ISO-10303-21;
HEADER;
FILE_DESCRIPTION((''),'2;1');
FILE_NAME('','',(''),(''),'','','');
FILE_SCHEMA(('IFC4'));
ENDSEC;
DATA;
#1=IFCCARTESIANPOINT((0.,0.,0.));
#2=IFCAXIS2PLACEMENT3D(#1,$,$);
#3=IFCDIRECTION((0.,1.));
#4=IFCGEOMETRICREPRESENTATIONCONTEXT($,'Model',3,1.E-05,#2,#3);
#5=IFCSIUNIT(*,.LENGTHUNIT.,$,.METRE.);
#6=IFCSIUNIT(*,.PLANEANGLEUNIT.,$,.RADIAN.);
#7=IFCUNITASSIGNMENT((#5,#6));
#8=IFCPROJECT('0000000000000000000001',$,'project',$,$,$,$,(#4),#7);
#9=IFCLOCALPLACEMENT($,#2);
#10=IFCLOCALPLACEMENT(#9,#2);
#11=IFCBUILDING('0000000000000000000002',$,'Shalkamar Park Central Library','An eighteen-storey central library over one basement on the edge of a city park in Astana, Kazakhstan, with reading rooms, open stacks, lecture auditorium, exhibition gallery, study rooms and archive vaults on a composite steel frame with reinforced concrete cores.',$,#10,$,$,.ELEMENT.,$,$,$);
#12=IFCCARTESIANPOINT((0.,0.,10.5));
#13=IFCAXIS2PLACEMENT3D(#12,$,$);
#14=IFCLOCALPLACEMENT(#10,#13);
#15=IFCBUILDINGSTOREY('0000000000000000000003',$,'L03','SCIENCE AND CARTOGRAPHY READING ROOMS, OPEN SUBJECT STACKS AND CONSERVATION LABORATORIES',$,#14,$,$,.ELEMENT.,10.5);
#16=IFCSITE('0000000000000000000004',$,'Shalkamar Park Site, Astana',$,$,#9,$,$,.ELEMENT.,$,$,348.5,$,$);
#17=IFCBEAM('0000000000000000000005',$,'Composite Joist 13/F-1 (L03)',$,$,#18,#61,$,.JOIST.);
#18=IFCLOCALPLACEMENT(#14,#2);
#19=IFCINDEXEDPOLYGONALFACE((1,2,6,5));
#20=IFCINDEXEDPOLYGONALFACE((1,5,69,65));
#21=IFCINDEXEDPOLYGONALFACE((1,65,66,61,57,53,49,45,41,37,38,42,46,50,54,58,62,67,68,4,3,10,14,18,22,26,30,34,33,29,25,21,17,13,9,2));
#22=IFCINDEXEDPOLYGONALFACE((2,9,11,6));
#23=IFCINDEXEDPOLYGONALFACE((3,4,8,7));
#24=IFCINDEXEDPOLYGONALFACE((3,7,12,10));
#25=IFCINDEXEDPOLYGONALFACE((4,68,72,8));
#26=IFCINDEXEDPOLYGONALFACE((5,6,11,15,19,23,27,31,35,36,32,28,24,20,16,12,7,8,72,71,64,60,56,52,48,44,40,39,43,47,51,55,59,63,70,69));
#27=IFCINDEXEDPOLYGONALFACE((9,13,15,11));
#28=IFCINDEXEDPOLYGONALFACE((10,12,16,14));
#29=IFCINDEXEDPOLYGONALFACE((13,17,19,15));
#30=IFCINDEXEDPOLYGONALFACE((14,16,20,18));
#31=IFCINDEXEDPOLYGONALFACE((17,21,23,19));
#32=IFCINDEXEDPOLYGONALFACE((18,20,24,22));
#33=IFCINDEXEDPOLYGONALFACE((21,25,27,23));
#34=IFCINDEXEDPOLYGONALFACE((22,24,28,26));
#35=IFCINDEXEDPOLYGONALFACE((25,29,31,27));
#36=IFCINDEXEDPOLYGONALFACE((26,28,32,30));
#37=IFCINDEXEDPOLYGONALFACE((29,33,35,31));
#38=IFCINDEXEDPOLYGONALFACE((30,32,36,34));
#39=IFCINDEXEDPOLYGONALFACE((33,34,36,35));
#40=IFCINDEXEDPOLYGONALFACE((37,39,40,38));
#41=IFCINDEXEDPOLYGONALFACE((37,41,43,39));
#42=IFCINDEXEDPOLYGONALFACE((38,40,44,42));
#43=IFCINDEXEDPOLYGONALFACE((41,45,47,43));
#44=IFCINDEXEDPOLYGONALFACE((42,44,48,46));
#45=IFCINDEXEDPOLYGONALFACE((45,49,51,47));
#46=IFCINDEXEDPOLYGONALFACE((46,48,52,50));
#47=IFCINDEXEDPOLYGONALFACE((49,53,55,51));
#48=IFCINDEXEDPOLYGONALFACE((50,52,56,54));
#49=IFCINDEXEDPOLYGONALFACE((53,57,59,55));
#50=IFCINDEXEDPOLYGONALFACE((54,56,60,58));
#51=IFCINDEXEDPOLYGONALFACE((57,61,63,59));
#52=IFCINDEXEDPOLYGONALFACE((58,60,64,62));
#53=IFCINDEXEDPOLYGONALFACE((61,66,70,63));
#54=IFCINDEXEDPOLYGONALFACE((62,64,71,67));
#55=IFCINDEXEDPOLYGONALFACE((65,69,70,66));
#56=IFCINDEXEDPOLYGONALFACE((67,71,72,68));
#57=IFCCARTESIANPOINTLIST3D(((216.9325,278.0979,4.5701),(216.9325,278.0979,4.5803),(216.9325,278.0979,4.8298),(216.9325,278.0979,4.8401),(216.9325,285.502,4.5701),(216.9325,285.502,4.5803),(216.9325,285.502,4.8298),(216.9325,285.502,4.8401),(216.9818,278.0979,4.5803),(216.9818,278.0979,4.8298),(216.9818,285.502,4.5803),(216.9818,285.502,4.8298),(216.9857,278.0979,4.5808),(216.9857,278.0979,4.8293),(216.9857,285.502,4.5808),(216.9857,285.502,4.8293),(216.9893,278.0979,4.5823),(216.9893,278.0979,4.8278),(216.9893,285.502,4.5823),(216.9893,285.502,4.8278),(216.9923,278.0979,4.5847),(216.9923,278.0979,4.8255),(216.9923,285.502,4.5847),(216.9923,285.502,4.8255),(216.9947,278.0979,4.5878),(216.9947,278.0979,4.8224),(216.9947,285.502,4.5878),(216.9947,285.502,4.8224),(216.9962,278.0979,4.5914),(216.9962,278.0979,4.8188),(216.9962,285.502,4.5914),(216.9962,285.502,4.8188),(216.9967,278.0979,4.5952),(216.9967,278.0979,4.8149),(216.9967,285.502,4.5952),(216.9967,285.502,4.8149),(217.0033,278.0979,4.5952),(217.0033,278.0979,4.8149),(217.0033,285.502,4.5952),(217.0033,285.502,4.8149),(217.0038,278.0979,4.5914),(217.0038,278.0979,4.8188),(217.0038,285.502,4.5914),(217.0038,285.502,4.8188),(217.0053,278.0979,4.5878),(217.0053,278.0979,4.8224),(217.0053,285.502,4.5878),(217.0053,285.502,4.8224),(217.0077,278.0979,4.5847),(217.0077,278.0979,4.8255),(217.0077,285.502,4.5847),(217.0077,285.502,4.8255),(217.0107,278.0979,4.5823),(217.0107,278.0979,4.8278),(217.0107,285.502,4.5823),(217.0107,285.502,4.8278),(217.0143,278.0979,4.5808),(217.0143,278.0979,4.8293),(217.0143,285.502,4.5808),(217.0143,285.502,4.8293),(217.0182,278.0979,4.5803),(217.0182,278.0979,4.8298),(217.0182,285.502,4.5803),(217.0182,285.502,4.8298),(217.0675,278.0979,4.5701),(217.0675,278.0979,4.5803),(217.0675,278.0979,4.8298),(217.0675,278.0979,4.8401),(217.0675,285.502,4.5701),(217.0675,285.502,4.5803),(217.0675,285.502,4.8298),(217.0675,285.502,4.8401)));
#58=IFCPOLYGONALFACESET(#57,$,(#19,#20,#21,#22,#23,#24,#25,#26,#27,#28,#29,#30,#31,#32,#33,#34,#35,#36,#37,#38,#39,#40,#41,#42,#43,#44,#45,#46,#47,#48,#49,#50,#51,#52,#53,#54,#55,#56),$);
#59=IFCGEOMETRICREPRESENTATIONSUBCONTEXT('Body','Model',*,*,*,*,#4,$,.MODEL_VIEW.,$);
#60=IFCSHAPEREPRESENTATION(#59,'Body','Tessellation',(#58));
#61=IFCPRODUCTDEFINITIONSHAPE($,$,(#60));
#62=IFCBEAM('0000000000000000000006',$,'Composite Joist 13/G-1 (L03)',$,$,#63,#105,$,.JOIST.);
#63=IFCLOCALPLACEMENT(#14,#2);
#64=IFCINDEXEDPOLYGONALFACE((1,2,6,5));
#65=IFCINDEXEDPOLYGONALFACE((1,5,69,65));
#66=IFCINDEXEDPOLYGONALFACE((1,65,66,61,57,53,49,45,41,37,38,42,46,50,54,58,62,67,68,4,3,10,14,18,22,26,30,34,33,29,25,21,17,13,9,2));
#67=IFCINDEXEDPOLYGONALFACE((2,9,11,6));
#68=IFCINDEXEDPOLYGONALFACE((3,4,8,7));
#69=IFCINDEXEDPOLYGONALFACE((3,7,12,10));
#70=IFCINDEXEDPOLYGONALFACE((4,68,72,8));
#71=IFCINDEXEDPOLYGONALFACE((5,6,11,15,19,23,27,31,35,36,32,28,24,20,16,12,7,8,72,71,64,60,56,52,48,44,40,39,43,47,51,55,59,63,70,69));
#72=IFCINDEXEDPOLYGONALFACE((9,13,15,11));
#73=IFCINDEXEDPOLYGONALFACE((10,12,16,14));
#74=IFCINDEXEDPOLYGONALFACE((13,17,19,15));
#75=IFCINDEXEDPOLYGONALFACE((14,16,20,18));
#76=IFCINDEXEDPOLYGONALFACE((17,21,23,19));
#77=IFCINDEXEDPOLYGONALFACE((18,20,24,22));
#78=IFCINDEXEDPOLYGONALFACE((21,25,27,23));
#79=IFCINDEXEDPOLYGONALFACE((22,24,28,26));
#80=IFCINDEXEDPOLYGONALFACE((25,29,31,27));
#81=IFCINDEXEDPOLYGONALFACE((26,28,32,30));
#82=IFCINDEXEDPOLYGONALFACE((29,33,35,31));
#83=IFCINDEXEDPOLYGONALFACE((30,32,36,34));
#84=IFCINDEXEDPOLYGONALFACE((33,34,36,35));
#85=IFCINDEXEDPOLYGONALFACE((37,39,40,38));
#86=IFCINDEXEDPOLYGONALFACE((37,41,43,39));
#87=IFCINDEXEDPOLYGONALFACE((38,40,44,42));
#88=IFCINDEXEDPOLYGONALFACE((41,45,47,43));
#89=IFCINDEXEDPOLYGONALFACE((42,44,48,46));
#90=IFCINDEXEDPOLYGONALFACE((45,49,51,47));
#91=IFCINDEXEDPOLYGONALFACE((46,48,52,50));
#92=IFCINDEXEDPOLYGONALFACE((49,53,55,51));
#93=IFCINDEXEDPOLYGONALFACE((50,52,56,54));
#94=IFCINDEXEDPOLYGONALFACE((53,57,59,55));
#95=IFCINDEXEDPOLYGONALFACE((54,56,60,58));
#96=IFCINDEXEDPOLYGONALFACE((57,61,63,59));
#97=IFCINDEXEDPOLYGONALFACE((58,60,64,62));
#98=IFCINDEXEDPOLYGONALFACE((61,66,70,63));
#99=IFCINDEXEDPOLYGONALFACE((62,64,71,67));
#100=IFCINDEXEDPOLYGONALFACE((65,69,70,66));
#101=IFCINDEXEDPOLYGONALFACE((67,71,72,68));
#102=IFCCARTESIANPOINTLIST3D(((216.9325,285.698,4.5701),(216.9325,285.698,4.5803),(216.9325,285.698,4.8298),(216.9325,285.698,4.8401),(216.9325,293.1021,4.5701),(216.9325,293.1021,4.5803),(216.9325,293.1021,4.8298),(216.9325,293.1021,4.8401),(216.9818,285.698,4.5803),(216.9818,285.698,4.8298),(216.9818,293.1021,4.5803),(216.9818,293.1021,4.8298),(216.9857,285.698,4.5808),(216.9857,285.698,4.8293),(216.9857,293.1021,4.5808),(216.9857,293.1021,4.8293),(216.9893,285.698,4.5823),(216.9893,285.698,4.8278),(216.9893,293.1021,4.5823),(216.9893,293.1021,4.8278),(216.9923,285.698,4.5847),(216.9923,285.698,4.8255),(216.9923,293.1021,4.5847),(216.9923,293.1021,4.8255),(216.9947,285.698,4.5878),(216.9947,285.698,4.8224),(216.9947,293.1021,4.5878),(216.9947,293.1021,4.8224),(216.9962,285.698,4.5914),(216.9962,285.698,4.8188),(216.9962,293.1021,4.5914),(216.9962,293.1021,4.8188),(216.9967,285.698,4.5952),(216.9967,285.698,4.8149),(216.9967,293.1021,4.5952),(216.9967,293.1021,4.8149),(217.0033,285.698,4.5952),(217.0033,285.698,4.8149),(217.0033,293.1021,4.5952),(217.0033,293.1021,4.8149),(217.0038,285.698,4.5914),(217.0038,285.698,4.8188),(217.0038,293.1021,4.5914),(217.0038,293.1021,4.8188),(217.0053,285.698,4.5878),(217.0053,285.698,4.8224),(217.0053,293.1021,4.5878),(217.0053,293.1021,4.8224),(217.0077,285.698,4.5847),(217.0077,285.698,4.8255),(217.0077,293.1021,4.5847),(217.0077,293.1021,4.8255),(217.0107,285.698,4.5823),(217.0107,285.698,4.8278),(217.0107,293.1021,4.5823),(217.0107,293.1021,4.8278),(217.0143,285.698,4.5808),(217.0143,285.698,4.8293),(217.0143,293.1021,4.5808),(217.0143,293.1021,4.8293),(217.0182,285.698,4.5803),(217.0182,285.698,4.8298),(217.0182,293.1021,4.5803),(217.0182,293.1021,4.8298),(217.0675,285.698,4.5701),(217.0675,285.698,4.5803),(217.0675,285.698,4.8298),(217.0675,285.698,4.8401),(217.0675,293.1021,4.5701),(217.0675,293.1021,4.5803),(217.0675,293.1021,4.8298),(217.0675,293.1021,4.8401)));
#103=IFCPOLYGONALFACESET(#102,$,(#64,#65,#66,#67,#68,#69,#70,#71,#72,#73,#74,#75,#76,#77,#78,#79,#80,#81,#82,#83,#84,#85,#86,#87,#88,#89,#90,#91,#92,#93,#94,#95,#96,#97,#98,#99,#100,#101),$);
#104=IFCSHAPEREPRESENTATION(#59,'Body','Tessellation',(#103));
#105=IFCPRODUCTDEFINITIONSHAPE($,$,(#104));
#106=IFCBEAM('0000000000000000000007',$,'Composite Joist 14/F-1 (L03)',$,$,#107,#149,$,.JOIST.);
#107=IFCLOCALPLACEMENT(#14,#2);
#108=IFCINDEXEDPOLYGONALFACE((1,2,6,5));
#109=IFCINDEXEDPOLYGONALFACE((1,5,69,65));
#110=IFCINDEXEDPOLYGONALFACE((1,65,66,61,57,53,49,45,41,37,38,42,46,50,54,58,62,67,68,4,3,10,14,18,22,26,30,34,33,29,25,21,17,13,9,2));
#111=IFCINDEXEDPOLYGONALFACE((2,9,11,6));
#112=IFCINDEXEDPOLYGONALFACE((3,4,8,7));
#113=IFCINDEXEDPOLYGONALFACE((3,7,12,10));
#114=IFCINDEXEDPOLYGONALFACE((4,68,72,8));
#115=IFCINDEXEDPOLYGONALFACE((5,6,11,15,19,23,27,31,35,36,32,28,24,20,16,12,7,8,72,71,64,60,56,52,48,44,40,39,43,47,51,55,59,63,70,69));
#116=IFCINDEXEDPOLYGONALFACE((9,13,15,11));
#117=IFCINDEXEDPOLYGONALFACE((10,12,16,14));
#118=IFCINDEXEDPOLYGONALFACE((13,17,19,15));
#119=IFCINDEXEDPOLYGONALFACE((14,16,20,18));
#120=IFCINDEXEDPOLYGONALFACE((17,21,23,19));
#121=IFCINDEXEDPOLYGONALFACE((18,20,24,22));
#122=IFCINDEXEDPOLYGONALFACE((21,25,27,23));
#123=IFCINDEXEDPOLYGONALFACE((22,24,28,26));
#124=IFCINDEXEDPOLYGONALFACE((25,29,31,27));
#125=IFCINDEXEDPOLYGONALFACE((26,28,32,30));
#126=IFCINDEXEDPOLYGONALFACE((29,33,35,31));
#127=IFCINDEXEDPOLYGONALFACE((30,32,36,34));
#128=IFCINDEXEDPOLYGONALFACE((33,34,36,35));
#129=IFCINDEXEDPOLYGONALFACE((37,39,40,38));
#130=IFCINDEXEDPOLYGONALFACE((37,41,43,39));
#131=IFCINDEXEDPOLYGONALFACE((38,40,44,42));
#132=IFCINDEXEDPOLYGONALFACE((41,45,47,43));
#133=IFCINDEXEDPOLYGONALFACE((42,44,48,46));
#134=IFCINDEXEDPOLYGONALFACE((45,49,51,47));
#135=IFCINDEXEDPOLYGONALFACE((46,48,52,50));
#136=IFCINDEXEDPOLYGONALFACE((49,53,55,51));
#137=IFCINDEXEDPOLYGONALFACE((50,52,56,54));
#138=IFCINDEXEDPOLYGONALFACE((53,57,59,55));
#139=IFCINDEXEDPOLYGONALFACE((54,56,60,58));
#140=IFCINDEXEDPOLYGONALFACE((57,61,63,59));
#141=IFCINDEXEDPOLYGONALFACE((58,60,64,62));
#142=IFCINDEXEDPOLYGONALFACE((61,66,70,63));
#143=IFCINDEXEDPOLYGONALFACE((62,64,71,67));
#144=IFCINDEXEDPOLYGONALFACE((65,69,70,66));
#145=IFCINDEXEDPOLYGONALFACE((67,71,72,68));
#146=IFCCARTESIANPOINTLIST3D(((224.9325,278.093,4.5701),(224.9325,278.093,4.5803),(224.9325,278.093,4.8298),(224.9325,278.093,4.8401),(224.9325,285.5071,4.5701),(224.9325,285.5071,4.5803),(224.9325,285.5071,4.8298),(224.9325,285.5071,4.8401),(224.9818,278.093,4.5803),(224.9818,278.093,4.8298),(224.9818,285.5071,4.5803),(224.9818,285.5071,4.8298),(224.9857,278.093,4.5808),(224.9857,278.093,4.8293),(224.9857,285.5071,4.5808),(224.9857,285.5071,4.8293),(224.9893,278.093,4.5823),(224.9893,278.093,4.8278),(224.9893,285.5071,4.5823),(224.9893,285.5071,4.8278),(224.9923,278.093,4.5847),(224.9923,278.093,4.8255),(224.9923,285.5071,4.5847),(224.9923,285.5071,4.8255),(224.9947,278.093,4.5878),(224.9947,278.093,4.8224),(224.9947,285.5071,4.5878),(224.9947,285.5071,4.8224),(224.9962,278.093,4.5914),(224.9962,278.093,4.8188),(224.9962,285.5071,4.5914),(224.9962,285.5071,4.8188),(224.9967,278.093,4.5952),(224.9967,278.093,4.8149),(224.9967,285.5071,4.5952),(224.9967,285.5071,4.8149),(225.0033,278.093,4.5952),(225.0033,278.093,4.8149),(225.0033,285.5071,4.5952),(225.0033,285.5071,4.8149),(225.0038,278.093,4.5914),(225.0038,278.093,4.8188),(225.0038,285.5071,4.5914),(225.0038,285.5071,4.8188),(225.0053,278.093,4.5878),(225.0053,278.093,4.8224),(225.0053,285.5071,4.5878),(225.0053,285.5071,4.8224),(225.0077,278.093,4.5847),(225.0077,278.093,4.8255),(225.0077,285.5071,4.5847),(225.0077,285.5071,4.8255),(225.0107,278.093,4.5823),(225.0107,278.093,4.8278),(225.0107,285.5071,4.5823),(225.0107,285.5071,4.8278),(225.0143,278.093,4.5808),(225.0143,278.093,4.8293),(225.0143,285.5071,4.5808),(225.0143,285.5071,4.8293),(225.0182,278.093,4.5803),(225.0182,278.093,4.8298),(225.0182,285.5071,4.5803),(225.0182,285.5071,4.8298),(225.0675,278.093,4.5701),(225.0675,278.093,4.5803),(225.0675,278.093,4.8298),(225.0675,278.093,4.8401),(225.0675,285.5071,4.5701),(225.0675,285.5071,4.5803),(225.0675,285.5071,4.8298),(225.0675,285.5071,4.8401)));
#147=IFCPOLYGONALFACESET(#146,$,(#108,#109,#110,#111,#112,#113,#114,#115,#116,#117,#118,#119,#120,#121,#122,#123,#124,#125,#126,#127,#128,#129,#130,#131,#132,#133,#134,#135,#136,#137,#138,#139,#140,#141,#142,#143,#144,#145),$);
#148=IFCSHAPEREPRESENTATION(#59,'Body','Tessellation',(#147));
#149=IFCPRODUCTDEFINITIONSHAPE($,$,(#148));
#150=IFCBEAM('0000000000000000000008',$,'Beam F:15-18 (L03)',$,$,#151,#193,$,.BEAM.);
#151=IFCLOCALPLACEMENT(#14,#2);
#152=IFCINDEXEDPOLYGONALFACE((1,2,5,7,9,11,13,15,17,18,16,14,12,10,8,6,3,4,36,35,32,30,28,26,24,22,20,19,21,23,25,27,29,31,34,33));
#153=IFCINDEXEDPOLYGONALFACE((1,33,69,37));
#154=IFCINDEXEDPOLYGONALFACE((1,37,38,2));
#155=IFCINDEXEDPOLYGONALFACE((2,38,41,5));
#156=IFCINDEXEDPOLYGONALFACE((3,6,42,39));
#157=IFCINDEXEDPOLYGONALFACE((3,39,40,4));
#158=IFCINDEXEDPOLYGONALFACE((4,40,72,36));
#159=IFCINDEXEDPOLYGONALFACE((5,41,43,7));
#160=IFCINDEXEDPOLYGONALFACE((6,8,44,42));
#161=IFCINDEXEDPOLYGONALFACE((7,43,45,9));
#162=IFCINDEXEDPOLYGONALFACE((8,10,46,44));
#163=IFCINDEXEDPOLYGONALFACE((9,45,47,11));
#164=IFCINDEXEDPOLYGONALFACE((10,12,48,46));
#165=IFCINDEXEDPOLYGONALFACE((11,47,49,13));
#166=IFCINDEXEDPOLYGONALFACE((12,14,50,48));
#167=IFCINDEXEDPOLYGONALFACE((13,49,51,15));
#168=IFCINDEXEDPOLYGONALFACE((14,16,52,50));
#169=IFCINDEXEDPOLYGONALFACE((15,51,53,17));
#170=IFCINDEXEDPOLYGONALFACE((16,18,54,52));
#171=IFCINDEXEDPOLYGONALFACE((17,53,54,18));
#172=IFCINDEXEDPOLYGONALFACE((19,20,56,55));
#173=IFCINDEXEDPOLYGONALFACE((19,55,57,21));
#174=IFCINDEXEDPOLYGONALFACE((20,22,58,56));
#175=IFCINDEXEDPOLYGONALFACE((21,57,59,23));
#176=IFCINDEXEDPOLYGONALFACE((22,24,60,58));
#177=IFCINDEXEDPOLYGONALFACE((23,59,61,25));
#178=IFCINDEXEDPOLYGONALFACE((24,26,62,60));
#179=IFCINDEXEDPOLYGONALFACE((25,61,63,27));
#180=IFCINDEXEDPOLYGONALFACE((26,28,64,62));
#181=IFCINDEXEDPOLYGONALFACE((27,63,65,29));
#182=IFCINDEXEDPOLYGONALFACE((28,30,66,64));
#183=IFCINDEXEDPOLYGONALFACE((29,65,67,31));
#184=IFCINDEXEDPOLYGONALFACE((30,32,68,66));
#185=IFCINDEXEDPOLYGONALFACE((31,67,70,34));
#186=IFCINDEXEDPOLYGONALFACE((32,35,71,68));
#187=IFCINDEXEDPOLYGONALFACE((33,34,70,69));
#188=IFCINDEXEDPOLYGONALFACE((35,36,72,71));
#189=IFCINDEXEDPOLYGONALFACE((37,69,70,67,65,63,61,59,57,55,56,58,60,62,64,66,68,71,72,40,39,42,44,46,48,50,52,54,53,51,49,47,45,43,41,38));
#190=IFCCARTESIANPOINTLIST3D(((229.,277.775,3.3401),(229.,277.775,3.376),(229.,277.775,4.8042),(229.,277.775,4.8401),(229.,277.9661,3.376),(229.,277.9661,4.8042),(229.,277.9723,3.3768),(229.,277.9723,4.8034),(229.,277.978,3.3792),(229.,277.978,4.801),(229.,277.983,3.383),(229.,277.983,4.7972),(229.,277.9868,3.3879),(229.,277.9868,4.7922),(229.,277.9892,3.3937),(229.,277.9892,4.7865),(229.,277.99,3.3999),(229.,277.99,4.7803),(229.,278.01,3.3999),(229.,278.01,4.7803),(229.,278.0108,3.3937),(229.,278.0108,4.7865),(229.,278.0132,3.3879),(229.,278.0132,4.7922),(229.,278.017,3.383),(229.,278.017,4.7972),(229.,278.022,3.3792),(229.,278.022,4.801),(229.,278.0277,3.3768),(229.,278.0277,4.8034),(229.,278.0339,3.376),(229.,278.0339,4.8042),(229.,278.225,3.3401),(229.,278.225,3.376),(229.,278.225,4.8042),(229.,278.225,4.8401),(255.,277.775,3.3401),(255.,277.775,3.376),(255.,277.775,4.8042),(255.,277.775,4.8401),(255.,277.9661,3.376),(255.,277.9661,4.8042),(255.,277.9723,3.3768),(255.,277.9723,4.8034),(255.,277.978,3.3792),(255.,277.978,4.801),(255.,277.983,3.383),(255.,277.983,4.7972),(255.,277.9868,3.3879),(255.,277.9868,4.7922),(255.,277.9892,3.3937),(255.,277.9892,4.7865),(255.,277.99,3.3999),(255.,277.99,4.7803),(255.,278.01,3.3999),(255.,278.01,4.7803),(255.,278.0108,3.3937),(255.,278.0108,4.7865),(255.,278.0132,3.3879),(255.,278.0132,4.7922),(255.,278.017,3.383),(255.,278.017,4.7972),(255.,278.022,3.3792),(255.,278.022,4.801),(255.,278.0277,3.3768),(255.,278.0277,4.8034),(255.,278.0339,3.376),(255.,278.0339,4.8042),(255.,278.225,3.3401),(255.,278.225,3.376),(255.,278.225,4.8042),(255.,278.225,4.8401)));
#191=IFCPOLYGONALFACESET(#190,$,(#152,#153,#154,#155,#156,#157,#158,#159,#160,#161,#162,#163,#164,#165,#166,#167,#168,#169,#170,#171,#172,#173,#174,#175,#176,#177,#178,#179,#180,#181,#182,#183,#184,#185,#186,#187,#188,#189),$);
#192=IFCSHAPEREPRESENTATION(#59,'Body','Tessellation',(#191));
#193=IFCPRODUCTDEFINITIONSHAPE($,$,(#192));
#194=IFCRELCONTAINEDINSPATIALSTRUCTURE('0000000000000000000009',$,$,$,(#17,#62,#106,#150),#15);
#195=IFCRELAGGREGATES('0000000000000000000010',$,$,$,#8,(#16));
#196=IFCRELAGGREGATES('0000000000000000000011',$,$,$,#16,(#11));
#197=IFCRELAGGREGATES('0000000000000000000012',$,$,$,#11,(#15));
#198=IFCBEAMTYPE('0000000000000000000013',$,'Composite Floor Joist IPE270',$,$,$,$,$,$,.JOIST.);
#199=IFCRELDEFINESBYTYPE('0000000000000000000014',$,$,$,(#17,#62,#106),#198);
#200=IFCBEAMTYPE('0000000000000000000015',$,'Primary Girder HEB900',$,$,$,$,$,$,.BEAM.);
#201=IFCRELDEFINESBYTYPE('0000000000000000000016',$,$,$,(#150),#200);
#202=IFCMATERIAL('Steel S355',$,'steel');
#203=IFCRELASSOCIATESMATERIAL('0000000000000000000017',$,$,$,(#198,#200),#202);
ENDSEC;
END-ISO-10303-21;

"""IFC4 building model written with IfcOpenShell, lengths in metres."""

from ifc_helpers import new_model, si_unit, direction, frame, origin, origin_2d, place, context, subcontext, project, spatial, i_section, extrude, material, material_profile, profile_set, type_object, element, save


model = new_model("IFC4")

# Units and contexts
model_context = context("Model", 3, precision=1e-05, world=origin(), true_north=direction((0.0, 1.0)))
body_context = subcontext(model_context, "Body", "Model", "MODEL_VIEW")
ifc_project = project(units=[si_unit("LENGTHUNIT", "METRE"), si_unit("PLANEANGLEUNIT", "RADIAN")], contexts=[model_context])

# Site, building, storey
site_placement = place(None, origin())
site = spatial("IfcSite", under=ifc_project, at=site_placement, Name="Shalkamar Park Site, Astana", CompositionType="ELEMENT", RefElevation=348.5)
building_placement = place(site_placement, origin())
building = spatial("IfcBuilding", under=site, at=building_placement, Name="Shalkamar Park Central Library", Description="An eighteen-storey central library over one basement on the edge of a city park in Astana, Kazakhstan, with reading rooms, open stacks, lecture auditorium, exhibition gallery, study rooms and archive vaults on a composite steel frame with reinforced concrete cores.", CompositionType="ELEMENT")
storey_placement = place(building_placement, frame((0.0, 0.0, 10.5)))
storey = spatial("IfcBuildingStorey", under=building, at=storey_placement, Name="L03", Description="SCIENCE AND CARTOGRAPHY READING ROOMS, OPEN SUBJECT STACKS AND CONSERVATION LABORATORIES", CompositionType="ELEMENT", Elevation=10.5)

# Shared definitions
ifc_material = material(Name="Steel S355", Category="steel")

# Beams
ifc_material_profile_1 = material_profile(ifc_material, i_section(OverallWidth=0.135, OverallDepth=0.27, WebThickness=0.0066, FlangeThickness=0.0103, FilletRadius=0.0149, at=origin_2d()), Name="IPE 270")
ifc_profile_set_1 = profile_set([ifc_material_profile_1], Name="Steel S355")
beam_type_1 = type_object("IfcBeamType", Name="Composite Floor Joist IPE270", PredefinedType="JOIST", material=ifc_profile_set_1)
for number, where, z_axis, x_axis, name in (
    (1, (217.0, 278.0979, 4.7051), (0.0, 1.0, 0.0), (-1.0, 0.0, 0.0), "Composite Joist 13/F-1 (L03)"),
    (2, (217.0, 285.698, 4.7051), (0.0, 1.0, 0.0), (-1.0, 0.0, 0.0), "Composite Joist 13/G-1 (L03)"),
):
    element("IfcBeam", number, at=place(storey_placement, frame(where, z_axis=z_axis, x_axis=x_axis)), inside=storey, type_object=beam_type_1, Name=name, PredefinedType="JOIST", context=body_context, shape_type="SweptSolid", body=[
        extrude(i_section(OverallWidth=0.135, OverallDepth=0.27, WebThickness=0.0066, FlangeThickness=0.0103, FilletRadius=0.0149, at=origin_2d()), origin(), (0.0, 0.0, 1.0), 7.4041),
    ])
beam_1_placement = place(storey_placement, frame((225.0, 278.093, 4.7051), z_axis=(0.0, 1.0, 0.0), x_axis=(-1.0, 0.0, 0.0)))
element("IfcBeam", 3, at=beam_1_placement, inside=storey, type_object=beam_type_1, Name="Composite Joist 14/F-1 (L03)", PredefinedType="JOIST", context=body_context, shape_type="SweptSolid", body=[
    extrude(i_section(OverallWidth=0.135, OverallDepth=0.27, WebThickness=0.0066, FlangeThickness=0.0103, FilletRadius=0.0149, at=origin_2d()), origin(), (0.0, 0.0, 1.0), 7.4141),
])
ifc_material_profile_2 = material_profile(ifc_material, i_section(OverallWidth=0.45, OverallDepth=1.5, WebThickness=0.02, FlangeThickness=0.0359, FilletRadius=0.0239, at=origin_2d()), Name="PG 1500x450")
ifc_profile_set_2 = profile_set([ifc_material_profile_2], Name="Steel S355")
beam_type_2 = type_object("IfcBeamType", Name="Primary Girder HEB900", PredefinedType="BEAM", material=ifc_profile_set_2)
for number, where, z_axis, x_axis, name in (
    (4, (229.0, 278.0, 4.0901), (1.0, 0.0, 0.0), (0.0, 1.0, 0.0), "Beam F:15-18 (L03)"),
):
    element("IfcBeam", number, at=place(storey_placement, frame(where, z_axis=z_axis, x_axis=x_axis)), inside=storey, type_object=beam_type_2, Name=name, PredefinedType="BEAM", context=body_context, shape_type="SweptSolid", body=[
        extrude(i_section(OverallWidth=0.45, OverallDepth=1.5, WebThickness=0.02, FlangeThickness=0.0359, FilletRadius=0.0239, at=origin_2d()), origin(), (0.0, 0.0, 1.0), 26.0),
    ])

save(model, "model.ifc")
